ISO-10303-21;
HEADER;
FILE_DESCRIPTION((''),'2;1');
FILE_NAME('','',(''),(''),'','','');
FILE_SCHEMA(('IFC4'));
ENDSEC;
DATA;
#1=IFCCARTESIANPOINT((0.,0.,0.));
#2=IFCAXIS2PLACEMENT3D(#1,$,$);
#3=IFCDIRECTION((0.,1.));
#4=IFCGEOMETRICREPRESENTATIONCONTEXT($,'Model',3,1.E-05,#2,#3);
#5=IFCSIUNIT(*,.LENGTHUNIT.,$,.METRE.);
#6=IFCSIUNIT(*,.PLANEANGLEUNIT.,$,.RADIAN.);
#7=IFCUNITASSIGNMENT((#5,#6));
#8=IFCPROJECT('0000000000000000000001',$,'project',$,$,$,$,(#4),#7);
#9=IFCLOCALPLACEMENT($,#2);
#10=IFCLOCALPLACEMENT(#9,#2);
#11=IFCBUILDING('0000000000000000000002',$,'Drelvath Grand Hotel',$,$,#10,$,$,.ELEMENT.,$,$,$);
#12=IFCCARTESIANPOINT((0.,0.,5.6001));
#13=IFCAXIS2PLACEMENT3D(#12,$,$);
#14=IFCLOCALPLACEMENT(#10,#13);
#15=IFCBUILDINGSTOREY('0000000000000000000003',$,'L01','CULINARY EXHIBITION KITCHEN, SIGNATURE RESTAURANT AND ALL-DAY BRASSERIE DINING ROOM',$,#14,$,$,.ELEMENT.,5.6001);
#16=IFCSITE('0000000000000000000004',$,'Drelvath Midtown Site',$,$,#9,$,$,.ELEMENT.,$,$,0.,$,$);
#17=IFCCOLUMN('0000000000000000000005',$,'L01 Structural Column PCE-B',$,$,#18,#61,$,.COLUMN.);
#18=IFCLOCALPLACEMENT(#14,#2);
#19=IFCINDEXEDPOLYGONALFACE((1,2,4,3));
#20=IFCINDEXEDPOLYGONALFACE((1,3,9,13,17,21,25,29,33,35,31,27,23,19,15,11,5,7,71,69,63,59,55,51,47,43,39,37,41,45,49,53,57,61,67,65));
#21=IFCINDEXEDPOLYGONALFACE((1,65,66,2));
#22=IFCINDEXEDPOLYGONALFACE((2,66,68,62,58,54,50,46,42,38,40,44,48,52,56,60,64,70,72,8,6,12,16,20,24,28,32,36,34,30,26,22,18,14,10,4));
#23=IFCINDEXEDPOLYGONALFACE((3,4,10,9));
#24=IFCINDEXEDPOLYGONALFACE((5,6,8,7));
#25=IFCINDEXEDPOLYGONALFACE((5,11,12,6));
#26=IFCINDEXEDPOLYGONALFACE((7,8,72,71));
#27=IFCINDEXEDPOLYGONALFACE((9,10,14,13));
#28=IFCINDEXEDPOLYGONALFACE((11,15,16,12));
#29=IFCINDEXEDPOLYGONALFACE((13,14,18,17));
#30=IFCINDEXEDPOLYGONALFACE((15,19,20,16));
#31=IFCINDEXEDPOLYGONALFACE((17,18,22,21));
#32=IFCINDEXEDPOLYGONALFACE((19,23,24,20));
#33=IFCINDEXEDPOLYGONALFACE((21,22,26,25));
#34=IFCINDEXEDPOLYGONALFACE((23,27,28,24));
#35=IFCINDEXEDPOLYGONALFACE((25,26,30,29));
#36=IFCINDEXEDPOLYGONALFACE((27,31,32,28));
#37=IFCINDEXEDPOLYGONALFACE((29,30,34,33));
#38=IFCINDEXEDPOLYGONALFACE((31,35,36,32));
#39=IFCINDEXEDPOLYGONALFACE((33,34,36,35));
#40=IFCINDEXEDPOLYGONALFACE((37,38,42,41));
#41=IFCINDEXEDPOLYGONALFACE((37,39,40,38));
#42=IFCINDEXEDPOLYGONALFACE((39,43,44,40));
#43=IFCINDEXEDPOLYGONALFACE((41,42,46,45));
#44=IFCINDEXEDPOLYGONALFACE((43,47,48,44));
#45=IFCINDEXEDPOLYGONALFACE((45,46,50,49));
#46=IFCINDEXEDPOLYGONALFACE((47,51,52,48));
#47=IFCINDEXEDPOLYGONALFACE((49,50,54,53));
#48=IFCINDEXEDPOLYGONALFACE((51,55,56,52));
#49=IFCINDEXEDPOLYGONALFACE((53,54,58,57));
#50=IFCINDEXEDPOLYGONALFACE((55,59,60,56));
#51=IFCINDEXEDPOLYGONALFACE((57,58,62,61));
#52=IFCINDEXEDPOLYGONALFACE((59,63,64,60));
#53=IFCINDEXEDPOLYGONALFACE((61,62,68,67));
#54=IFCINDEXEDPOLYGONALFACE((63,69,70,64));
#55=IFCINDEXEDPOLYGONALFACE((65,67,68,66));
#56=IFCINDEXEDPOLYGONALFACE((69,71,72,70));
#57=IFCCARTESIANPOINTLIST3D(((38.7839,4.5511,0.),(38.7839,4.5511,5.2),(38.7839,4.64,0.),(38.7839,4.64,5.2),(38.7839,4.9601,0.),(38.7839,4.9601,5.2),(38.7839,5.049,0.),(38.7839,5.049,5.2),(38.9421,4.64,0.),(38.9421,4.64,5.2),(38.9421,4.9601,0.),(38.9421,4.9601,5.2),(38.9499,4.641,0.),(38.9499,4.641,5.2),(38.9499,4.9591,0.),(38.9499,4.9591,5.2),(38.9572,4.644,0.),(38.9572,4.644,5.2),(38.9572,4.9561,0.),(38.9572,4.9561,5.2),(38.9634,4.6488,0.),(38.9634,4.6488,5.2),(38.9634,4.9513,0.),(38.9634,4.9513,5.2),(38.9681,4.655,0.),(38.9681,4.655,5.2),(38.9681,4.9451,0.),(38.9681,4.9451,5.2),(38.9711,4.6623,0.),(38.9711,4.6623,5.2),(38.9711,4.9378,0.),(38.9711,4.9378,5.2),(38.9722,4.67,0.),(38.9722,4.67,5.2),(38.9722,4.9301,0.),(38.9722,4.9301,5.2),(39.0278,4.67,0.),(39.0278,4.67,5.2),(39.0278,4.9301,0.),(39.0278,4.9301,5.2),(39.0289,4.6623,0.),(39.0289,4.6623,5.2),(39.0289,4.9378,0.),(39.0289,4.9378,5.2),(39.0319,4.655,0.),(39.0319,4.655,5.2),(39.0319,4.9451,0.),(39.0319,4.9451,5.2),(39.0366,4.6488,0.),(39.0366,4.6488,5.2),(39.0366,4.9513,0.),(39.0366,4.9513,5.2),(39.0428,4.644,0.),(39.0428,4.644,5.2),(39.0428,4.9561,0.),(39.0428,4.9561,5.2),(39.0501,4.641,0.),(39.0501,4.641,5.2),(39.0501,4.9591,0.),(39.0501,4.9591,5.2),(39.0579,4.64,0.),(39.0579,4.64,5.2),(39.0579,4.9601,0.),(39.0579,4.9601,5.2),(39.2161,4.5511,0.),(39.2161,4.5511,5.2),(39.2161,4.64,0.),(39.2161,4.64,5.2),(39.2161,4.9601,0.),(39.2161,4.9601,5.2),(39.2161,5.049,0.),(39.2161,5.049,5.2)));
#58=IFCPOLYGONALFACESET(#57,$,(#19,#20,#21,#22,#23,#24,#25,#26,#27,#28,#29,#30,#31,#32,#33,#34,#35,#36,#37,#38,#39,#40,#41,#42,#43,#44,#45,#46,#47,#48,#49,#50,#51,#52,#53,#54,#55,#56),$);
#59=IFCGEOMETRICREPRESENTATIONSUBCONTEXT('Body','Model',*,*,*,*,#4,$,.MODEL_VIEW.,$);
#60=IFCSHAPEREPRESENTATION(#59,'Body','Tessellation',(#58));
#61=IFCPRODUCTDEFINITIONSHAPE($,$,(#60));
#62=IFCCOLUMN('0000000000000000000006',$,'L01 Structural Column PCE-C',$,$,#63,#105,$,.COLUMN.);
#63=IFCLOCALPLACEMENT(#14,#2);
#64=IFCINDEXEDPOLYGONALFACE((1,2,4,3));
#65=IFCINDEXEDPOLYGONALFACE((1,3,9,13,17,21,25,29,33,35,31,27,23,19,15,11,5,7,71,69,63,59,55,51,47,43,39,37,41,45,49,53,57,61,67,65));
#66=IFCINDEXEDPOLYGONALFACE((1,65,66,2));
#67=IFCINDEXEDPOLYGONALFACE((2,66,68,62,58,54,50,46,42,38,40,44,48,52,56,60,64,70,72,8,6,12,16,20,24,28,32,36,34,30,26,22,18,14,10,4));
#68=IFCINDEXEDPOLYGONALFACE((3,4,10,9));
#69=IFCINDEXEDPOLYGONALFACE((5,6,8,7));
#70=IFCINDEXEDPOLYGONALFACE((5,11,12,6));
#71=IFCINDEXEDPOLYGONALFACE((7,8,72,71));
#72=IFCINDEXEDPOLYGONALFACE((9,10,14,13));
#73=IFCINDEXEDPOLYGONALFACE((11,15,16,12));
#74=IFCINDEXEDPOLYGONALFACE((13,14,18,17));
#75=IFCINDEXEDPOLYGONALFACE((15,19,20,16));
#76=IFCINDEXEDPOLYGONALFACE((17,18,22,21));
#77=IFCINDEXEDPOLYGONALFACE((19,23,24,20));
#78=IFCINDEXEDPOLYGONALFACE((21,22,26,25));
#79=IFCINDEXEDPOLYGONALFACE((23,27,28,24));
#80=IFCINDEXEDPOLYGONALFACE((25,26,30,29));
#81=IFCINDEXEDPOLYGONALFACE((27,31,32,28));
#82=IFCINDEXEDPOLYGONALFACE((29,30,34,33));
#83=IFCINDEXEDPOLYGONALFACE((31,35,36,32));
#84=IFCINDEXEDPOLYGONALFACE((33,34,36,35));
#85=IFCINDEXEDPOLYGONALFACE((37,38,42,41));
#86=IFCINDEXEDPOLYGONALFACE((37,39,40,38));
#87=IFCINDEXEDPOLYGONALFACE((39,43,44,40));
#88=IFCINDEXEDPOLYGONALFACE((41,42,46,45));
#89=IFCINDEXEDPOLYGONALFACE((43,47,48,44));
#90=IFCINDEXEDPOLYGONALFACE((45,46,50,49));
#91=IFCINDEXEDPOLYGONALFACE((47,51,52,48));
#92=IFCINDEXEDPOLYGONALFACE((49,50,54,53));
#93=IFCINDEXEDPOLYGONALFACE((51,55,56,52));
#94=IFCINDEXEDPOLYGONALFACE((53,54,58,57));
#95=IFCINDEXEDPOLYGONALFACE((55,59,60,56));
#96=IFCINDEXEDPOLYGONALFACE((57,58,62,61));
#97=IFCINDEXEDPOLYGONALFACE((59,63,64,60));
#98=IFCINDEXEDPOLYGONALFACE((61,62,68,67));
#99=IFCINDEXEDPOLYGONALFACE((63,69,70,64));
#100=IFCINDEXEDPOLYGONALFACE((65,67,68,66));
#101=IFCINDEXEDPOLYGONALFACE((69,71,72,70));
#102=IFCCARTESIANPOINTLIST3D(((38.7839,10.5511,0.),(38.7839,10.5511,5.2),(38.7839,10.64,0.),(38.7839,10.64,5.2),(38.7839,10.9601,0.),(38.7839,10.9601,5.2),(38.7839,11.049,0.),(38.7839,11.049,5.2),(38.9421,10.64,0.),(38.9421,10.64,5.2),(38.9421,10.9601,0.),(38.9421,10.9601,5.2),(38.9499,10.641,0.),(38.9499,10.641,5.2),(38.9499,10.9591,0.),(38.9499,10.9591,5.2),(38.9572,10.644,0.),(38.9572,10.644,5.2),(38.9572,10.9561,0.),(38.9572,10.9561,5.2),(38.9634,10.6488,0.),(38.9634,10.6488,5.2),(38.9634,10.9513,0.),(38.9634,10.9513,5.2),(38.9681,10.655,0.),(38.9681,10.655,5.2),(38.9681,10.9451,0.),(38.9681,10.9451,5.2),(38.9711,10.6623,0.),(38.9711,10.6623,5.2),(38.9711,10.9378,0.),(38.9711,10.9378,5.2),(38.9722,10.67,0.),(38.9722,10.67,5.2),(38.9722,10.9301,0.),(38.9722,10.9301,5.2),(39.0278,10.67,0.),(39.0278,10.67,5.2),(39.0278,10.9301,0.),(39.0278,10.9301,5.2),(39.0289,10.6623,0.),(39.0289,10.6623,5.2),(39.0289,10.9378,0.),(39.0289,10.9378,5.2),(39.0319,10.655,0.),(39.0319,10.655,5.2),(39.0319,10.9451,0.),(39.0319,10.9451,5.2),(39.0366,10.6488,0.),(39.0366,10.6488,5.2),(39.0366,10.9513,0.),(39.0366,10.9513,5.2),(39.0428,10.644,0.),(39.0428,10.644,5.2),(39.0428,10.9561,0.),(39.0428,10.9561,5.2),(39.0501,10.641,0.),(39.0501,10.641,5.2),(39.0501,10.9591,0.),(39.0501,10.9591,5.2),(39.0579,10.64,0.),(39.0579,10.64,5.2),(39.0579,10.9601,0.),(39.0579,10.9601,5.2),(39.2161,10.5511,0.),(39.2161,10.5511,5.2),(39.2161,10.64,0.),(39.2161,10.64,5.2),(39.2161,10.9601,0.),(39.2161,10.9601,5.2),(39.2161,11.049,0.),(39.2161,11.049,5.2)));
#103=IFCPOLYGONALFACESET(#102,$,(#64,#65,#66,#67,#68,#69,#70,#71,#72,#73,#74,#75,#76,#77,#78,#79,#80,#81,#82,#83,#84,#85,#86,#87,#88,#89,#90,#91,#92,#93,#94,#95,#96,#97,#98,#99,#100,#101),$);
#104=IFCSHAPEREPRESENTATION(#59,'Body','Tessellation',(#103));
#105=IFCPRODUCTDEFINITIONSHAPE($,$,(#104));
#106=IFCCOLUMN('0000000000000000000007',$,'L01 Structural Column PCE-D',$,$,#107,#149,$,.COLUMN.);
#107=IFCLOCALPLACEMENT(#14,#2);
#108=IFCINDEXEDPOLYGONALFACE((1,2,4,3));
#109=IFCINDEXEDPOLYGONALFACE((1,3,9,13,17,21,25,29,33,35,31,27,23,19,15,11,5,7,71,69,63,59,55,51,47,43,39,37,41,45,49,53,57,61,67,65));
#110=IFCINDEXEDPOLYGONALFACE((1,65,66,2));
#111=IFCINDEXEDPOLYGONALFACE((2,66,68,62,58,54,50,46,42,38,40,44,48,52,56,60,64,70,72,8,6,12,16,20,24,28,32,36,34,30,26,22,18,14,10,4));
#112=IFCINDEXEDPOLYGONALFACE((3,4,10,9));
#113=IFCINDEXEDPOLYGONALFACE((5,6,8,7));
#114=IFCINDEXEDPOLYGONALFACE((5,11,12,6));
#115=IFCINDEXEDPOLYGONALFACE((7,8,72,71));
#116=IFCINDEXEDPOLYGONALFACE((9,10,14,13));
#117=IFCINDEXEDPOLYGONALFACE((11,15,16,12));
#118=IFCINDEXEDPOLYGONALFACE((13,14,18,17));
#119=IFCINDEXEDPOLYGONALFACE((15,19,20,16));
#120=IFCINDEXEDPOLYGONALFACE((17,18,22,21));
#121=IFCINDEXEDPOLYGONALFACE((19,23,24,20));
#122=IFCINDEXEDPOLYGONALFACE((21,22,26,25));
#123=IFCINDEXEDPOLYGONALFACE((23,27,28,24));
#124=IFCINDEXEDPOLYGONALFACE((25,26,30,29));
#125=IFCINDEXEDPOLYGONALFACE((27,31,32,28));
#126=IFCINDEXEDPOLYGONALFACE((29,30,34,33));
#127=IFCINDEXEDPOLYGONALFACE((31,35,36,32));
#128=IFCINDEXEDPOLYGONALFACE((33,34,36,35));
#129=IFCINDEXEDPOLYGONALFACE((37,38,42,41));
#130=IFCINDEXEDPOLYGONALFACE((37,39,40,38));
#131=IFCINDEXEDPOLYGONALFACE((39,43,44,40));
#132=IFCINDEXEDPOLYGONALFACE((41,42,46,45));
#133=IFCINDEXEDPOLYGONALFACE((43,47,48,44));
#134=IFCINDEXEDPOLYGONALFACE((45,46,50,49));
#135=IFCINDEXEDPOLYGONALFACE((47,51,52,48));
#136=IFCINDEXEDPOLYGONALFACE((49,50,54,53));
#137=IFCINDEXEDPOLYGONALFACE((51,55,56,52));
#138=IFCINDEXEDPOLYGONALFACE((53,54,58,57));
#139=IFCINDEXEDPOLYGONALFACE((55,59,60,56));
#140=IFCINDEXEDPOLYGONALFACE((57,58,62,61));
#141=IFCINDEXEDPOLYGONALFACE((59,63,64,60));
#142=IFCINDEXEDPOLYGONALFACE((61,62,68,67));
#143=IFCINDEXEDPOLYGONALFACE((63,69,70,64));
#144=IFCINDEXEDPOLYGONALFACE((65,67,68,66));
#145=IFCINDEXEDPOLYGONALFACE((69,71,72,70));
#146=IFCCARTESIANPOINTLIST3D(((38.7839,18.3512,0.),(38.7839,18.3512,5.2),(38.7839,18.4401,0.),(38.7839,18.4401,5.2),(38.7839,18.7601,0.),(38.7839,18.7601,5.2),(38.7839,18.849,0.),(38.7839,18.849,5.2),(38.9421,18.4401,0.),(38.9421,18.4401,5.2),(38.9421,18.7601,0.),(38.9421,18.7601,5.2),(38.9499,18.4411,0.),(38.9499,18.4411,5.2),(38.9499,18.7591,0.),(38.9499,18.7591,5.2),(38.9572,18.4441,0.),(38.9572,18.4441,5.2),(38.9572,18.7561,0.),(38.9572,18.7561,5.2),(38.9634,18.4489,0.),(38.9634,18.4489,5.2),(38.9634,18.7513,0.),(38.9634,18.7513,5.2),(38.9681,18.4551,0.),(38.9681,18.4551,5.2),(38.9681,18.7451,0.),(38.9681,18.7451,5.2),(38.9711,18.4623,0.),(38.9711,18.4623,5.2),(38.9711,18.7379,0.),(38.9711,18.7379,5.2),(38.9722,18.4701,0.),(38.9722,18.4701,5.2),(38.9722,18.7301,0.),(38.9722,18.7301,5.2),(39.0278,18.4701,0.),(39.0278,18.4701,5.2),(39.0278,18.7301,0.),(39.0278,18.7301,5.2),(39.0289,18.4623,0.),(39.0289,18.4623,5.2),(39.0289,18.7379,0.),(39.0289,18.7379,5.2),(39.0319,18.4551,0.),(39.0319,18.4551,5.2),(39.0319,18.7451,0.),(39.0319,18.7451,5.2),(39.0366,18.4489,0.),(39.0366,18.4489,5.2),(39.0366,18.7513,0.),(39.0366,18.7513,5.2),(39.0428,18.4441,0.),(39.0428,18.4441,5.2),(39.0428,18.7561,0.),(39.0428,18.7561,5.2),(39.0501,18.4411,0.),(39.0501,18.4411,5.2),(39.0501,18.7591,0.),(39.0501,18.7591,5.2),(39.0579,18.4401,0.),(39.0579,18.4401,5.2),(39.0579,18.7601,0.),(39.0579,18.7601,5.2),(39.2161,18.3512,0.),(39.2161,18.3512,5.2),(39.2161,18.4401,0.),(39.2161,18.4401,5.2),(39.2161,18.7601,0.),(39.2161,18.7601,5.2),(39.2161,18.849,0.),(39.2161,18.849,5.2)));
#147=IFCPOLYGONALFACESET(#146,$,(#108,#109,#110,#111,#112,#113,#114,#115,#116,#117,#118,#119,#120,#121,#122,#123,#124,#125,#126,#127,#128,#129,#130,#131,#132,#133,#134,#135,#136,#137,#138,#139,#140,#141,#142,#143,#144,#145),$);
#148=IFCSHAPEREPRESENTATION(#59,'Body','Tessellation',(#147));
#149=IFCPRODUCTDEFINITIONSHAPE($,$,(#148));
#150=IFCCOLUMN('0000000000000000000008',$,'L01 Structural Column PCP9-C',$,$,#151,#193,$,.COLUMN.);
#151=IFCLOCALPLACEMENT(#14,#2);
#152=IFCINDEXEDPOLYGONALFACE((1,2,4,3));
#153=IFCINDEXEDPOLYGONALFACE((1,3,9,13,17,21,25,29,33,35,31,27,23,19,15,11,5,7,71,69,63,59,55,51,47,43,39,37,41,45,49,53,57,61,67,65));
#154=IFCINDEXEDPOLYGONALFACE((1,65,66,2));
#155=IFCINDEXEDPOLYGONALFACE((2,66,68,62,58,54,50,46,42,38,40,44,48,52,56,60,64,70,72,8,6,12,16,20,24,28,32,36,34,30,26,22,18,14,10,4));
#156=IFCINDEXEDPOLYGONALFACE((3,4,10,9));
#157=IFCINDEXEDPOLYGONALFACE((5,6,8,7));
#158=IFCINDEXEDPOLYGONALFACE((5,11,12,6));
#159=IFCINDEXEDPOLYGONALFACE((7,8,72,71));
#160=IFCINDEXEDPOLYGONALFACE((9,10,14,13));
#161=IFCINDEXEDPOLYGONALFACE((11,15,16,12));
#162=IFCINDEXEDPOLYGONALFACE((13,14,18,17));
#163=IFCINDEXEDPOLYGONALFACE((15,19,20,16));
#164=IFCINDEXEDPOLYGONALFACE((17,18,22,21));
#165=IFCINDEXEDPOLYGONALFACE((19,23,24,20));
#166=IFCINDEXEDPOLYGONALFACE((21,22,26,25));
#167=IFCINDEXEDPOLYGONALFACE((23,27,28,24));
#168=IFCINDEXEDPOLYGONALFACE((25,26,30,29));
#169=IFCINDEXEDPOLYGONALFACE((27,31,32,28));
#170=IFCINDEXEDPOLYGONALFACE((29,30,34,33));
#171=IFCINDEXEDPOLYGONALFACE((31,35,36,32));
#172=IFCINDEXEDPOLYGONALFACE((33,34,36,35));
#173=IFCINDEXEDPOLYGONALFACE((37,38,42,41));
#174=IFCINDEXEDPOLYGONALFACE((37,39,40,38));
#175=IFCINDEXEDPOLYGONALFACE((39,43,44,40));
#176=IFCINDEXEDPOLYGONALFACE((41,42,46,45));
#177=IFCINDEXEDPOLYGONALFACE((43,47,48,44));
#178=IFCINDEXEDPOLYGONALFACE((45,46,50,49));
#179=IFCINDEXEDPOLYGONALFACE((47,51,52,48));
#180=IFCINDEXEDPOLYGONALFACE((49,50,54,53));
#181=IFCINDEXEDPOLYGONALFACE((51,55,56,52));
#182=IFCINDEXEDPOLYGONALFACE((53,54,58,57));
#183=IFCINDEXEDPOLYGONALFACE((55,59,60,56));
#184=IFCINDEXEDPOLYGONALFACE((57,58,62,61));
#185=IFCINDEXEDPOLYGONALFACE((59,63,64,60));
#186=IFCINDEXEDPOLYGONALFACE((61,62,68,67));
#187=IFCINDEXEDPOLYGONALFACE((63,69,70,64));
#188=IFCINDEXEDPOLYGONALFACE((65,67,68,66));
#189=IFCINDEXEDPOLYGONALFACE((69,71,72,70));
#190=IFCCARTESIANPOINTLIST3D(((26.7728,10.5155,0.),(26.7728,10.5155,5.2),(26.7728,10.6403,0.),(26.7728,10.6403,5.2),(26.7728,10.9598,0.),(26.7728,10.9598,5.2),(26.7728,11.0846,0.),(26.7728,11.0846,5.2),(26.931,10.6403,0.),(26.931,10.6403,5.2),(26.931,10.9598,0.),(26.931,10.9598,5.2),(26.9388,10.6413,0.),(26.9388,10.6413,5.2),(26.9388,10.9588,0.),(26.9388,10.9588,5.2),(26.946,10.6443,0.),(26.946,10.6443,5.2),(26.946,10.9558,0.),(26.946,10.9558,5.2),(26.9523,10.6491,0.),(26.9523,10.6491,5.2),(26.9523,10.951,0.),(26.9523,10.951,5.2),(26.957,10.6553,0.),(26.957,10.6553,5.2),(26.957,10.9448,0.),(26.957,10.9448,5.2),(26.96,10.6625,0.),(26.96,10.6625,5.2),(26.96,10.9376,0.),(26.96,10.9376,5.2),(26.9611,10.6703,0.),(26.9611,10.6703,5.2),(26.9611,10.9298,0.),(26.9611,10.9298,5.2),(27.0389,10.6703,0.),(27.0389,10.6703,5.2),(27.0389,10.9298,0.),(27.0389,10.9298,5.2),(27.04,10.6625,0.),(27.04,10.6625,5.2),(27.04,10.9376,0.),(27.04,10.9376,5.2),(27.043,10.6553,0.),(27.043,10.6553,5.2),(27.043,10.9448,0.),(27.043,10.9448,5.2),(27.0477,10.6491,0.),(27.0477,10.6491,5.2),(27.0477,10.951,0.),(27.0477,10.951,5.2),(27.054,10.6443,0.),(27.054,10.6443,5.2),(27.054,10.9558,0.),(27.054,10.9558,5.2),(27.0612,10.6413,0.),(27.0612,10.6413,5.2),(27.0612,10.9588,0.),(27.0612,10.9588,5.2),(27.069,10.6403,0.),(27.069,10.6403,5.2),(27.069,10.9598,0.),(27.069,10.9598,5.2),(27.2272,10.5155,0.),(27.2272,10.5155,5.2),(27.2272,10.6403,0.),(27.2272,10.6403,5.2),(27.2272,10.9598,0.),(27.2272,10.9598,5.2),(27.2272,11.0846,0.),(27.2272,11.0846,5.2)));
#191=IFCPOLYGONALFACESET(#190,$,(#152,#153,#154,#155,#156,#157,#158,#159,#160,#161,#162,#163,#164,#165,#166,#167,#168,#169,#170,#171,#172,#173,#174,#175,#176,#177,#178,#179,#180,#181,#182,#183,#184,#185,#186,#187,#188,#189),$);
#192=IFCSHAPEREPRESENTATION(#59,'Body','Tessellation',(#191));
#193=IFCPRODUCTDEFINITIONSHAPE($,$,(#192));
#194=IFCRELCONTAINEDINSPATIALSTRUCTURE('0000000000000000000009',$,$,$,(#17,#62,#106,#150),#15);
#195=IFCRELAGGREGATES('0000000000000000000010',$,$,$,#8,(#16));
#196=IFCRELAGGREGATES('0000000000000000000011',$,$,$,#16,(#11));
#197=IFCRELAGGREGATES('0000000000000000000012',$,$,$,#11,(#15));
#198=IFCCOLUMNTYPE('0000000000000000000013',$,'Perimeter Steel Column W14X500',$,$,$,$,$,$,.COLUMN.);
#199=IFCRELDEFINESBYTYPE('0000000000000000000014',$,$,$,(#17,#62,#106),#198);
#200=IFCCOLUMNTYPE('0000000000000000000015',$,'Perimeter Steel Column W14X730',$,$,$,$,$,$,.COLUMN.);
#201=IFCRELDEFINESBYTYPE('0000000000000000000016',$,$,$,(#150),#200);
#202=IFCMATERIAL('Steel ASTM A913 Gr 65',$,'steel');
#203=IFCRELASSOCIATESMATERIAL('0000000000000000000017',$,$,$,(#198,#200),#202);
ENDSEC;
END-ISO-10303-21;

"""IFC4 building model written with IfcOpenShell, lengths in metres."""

from ifc_helpers import new_model, si_unit, direction, frame, origin, origin_2d, place, context, subcontext, project, spatial, i_section, extrude, material, material_profile, profile_set, type_object, element, save


model = new_model("IFC4")

# Units and contexts
model_context = context("Model", 3, precision=1e-05, world=origin(), true_north=direction((0.0, 1.0)))
body_context = subcontext(model_context, "Body", "Model", "MODEL_VIEW")
ifc_project = project(units=[si_unit("LENGTHUNIT", "METRE"), si_unit("PLANEANGLEUNIT", "RADIAN")], contexts=[model_context])

# Site, building, storey
site_placement = place(None, origin())
site = spatial("IfcSite", under=ifc_project, at=site_placement, Name="Drelvath Midtown Site", CompositionType="ELEMENT", RefElevation=0.0)
building_placement = place(site_placement, origin())
building = spatial("IfcBuilding", under=site, at=building_placement, Name="Drelvath Grand Hotel", CompositionType="ELEMENT")
storey_placement = place(building_placement, frame((0.0, 0.0, 5.6001)))
storey = spatial("IfcBuildingStorey", under=building, at=storey_placement, Name="L01", Description="CULINARY EXHIBITION KITCHEN, SIGNATURE RESTAURANT AND ALL-DAY BRASSERIE DINING ROOM", CompositionType="ELEMENT", Elevation=5.6001)

# Columns
ifc_material_1 = material(Name="Steel ASTM A913 Gr 65", Category="steel")
ifc_material_profile_1 = material_profile(ifc_material_1, i_section(OverallWidth=0.4321, OverallDepth=0.4978, WebThickness=0.0557, FlangeThickness=0.0889, FilletRadius=0.03, at=origin_2d()), Name="W14X500")
ifc_profile_set_1 = profile_set([ifc_material_profile_1], Name="Steel ASTM A913 Gr 65")
column_type_1 = type_object("IfcColumnType", Name="Perimeter Steel Column W14X500", PredefinedType="COLUMN", material=ifc_profile_set_1)
for number, where, z_axis, x_axis, name in (
    (1, (39.0, 4.8, 0.0), (0.0, 0.0, 1.0), (1.0, 0.0, 0.0), "L01 Structural Column PCE-B"),
    (2, (39.0, 10.8, 0.0), (0.0, 0.0, 1.0), (1.0, 0.0, 0.0), "L01 Structural Column PCE-C"),
    (3, (39.0, 18.6001, 0.0), (0.0, 0.0, 1.0), (1.0, 0.0, 0.0), "L01 Structural Column PCE-D"),
):
    element("IfcColumn", number, at=place(storey_placement, frame(where, z_axis=z_axis, x_axis=x_axis)), inside=storey, type_object=column_type_1, Name=name, PredefinedType="COLUMN", context=body_context, shape_type="SweptSolid", body=[
        extrude(i_section(OverallWidth=0.4321, OverallDepth=0.4978, WebThickness=0.0557, FlangeThickness=0.0889, FilletRadius=0.03, at=origin_2d()), origin(), (0.0, 0.0, 1.0), 5.2),
    ])
ifc_material_profile_2 = material_profile(ifc_material_1, i_section(OverallWidth=0.4543, OverallDepth=0.5691, WebThickness=0.0779, FlangeThickness=0.1248, FilletRadius=0.03, at=origin_2d()), Name="W14X730")
ifc_profile_set_2 = profile_set([ifc_material_profile_2], Name="Steel ASTM A913 Gr 65")
column_type_2 = type_object("IfcColumnType", Name="Perimeter Steel Column W14X730", PredefinedType="COLUMN", material=ifc_profile_set_2)
for number, where, z_axis, x_axis, name in (
    (4, (27.0, 10.8, 0.0), (0.0, 0.0, 1.0), (1.0, 0.0, 0.0), "L01 Structural Column PCP9-C"),
):
    element("IfcColumn", number, at=place(storey_placement, frame(where, z_axis=z_axis, x_axis=x_axis)), inside=storey, type_object=column_type_2, Name=name, PredefinedType="COLUMN", context=body_context, shape_type="SweptSolid", body=[
        extrude(i_section(OverallWidth=0.4543, OverallDepth=0.5691, WebThickness=0.0779, FlangeThickness=0.1248, FilletRadius=0.03, at=origin_2d()), origin(), (0.0, 0.0, 1.0), 5.2),
    ])

save(model, "model.ifc")
